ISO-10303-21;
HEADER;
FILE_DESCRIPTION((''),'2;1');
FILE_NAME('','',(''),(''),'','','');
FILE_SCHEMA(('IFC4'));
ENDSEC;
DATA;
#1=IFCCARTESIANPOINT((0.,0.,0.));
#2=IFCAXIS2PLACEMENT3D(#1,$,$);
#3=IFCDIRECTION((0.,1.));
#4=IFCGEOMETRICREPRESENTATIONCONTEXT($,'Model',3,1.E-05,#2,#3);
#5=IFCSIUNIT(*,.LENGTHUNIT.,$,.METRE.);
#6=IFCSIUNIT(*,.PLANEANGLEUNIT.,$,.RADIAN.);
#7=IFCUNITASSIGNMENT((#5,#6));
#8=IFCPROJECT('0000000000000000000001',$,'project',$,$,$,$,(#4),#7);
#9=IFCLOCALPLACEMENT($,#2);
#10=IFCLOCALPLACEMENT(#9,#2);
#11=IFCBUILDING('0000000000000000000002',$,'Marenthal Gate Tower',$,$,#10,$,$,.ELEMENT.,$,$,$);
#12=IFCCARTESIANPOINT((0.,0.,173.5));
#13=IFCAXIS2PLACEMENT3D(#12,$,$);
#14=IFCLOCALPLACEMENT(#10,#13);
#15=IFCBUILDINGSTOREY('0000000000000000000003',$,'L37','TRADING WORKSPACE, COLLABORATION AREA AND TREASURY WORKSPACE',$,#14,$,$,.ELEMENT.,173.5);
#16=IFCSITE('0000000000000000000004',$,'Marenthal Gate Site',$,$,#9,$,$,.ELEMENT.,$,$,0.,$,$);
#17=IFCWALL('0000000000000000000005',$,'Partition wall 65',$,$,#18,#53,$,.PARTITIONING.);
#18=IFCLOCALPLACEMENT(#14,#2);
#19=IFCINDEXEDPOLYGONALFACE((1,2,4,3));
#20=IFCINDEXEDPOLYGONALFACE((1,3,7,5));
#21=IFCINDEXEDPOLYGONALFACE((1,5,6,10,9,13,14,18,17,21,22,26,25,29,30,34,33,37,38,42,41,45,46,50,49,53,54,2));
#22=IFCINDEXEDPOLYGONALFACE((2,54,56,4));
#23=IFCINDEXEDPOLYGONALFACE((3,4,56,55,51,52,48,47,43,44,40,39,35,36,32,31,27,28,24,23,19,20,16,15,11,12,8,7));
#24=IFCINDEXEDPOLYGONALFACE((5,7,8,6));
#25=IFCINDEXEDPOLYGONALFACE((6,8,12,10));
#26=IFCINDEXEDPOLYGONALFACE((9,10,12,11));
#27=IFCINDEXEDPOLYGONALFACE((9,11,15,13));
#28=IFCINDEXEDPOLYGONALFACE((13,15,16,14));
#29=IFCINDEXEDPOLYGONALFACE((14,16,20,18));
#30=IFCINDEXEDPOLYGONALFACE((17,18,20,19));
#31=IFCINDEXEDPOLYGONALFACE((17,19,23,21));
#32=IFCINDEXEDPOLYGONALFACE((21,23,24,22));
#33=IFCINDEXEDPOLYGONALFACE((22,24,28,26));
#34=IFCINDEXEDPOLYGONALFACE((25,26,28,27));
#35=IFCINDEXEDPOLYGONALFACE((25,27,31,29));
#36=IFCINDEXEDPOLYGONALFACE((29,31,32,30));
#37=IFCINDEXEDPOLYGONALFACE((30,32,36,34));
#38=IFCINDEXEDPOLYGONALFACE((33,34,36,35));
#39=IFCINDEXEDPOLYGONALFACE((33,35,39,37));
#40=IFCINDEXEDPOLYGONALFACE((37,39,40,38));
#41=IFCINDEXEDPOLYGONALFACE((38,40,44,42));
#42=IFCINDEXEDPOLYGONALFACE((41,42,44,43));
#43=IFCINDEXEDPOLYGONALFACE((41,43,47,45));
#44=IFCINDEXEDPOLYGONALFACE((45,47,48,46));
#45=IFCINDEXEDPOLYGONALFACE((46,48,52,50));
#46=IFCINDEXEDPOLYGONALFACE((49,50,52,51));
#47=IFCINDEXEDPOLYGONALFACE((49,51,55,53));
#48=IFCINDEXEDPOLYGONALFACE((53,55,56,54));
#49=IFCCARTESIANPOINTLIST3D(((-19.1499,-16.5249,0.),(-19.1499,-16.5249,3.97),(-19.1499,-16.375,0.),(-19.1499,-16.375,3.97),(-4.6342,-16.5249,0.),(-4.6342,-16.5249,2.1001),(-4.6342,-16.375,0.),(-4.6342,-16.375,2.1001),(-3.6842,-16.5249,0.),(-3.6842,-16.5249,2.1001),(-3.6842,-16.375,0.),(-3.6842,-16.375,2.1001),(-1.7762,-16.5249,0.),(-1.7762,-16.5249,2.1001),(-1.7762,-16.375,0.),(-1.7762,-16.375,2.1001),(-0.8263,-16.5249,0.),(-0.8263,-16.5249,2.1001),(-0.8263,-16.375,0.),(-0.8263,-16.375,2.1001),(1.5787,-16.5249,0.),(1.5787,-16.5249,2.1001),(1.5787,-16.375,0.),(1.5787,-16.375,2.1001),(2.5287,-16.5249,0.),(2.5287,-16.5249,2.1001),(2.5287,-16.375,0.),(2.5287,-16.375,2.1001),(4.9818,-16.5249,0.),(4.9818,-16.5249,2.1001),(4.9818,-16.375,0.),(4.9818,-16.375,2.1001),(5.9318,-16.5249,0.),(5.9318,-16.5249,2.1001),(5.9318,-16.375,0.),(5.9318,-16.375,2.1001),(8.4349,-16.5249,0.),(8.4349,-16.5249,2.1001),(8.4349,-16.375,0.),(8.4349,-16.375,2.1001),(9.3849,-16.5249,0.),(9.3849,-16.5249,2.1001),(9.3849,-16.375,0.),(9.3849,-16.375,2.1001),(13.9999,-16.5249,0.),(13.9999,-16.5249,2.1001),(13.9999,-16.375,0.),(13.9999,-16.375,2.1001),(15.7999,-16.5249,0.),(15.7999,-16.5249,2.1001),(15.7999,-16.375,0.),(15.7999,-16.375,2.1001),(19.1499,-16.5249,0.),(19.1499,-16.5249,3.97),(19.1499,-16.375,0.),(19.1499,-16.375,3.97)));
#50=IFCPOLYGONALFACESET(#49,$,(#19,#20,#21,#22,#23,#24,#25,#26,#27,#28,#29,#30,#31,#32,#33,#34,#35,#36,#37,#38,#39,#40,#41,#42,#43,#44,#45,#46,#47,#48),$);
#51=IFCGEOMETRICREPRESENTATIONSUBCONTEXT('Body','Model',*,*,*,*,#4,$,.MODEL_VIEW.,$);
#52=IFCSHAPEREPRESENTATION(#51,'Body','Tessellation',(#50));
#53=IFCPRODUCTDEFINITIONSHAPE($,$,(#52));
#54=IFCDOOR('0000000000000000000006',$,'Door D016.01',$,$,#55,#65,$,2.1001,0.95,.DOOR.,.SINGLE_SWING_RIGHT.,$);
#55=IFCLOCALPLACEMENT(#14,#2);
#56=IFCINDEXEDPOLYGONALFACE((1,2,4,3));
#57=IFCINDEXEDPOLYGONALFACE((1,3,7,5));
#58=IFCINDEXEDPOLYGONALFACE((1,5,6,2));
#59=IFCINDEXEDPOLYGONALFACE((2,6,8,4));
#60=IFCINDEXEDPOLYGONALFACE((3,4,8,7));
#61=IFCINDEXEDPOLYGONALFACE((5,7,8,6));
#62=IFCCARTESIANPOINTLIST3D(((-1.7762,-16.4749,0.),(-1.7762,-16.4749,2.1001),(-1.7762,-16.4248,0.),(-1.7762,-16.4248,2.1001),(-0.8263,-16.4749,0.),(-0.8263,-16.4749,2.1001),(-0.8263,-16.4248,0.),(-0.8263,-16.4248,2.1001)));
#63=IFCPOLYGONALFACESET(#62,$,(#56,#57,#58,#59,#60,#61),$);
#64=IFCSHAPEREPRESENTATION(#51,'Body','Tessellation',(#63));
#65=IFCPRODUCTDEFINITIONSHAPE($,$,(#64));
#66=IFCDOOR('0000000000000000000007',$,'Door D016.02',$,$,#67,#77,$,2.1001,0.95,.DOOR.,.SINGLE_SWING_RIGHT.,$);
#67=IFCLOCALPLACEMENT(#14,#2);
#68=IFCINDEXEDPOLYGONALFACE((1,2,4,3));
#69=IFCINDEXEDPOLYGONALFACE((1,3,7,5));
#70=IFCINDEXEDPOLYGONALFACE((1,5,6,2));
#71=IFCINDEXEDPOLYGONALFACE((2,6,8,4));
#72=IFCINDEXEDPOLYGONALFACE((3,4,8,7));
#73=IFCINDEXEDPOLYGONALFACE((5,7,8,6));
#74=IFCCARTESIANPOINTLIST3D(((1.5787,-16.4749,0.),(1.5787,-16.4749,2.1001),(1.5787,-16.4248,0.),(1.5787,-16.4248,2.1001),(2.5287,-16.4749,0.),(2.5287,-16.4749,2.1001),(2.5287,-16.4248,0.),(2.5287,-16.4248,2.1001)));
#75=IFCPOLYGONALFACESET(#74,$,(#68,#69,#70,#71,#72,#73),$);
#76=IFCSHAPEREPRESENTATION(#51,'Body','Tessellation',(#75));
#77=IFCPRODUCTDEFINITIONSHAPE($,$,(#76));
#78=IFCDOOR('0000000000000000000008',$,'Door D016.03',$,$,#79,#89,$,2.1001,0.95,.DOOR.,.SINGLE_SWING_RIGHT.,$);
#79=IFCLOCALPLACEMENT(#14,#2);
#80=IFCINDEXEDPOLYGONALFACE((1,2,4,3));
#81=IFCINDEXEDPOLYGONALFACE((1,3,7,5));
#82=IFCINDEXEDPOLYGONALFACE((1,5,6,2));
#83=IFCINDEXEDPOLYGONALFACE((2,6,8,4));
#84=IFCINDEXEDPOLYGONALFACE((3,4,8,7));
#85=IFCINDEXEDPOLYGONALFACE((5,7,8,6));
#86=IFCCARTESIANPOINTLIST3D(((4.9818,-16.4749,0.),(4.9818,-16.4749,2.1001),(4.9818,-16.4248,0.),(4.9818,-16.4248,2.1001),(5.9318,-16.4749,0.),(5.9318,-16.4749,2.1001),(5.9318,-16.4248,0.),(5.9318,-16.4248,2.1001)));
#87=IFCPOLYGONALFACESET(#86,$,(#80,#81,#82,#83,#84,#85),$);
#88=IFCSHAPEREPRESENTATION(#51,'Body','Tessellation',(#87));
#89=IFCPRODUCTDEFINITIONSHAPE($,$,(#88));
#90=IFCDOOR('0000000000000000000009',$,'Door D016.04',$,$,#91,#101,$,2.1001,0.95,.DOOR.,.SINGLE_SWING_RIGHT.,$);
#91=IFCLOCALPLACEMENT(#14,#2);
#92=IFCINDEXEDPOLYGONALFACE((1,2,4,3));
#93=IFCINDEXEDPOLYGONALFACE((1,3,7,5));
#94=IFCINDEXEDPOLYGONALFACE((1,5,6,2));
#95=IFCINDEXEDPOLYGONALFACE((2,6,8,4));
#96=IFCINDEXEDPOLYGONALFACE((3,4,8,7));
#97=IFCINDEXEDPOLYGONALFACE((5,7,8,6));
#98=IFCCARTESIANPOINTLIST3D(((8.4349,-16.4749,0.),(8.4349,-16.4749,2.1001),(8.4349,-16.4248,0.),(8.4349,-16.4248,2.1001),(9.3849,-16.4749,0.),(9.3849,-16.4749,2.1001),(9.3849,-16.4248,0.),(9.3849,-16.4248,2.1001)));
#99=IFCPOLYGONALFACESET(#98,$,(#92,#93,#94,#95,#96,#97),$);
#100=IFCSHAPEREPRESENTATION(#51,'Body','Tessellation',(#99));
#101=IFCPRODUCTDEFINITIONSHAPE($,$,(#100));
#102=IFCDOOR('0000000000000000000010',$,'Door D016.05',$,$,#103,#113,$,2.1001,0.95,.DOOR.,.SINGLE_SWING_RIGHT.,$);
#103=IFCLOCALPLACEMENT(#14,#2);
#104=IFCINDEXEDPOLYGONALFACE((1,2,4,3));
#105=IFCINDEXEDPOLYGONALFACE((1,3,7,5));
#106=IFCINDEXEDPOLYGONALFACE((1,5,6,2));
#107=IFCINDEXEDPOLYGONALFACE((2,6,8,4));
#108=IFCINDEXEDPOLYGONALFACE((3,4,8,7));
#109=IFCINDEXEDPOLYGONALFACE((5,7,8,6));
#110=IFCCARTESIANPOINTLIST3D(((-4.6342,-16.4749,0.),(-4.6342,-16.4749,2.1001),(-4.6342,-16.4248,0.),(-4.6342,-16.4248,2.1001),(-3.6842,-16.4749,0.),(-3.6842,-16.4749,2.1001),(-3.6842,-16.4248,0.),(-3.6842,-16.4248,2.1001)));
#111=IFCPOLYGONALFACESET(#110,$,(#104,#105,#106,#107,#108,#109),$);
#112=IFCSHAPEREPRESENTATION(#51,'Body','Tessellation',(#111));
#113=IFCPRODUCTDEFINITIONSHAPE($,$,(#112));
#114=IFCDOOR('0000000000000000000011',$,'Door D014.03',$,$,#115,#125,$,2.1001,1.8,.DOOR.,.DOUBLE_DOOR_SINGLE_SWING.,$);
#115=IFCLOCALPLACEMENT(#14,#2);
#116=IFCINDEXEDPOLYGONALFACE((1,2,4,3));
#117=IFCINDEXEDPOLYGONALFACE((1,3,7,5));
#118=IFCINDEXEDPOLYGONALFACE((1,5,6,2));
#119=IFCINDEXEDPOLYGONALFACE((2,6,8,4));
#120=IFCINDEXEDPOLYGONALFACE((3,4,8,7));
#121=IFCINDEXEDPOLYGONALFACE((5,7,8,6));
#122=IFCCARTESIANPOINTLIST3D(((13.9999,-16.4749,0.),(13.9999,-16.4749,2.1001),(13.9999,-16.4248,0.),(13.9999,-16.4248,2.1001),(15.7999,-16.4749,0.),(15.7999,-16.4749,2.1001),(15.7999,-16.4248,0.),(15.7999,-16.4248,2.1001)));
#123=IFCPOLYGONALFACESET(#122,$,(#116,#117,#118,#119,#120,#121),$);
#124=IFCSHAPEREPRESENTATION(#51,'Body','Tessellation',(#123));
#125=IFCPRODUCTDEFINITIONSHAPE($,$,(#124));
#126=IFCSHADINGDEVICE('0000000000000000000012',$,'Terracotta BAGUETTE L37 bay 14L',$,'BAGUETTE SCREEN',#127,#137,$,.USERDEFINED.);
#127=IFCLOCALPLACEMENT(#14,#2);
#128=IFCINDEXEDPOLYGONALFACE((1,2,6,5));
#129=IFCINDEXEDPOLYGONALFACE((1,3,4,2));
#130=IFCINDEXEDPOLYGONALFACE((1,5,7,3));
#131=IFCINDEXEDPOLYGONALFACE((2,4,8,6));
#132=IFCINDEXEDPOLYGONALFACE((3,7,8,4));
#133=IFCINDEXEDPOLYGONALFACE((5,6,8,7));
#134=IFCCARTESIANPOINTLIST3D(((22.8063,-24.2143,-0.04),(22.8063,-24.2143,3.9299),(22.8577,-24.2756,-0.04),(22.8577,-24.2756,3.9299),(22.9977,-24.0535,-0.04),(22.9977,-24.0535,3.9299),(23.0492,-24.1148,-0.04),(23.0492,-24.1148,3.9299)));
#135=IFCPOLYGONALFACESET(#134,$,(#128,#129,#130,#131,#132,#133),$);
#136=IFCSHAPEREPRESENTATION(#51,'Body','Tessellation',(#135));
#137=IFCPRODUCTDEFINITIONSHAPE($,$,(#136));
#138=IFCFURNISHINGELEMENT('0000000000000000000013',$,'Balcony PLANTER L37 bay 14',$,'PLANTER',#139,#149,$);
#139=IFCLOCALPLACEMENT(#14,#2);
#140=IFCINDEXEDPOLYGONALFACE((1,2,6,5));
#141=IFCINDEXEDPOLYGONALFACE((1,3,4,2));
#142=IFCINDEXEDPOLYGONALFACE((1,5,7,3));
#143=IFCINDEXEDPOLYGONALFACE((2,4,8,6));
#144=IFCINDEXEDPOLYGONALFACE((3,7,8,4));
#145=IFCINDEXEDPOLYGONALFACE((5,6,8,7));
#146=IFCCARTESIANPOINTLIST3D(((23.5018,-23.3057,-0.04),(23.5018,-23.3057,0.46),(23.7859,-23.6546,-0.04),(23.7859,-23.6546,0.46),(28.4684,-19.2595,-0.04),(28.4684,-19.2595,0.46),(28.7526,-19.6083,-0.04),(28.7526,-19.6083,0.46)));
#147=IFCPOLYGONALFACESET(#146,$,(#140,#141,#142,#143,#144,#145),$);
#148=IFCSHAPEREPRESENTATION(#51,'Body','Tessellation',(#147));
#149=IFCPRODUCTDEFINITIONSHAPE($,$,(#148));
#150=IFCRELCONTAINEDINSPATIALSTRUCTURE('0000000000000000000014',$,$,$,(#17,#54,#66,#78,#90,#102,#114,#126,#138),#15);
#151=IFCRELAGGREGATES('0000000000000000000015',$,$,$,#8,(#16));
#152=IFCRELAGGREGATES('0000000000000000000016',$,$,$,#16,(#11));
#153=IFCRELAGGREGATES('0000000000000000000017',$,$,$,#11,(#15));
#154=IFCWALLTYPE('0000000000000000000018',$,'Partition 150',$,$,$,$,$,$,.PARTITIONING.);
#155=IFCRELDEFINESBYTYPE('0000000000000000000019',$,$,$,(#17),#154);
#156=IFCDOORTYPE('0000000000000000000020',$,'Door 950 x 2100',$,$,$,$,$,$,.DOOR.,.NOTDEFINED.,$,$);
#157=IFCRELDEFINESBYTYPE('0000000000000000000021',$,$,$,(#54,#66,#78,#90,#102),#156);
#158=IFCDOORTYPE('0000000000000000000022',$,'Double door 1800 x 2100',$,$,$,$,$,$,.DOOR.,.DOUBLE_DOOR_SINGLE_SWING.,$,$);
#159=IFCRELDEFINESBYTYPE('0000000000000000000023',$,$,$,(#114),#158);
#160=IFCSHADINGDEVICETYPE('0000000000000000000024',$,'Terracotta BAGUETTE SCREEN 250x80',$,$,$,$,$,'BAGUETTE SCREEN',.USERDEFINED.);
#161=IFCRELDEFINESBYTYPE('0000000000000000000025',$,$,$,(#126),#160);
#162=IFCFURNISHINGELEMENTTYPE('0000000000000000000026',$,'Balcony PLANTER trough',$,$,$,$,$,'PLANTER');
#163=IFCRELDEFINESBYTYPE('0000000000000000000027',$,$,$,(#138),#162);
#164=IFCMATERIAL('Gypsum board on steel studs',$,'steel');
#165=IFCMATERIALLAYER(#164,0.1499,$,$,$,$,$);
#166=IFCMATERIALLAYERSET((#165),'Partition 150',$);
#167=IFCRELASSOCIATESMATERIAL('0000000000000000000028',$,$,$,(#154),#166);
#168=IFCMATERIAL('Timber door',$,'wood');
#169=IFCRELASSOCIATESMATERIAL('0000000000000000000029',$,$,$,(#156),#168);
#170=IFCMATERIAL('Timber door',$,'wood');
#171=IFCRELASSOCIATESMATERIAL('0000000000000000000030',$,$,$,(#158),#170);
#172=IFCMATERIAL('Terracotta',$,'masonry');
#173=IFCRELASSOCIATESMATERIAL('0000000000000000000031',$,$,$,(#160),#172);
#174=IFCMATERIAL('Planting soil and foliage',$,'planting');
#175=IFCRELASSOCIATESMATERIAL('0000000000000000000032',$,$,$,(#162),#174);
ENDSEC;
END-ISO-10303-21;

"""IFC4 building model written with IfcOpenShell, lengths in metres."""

from ifc_helpers import new_model, si_unit, direction, frame, frame_2d, origin, origin_2d, place, context, subcontext, project, spatial, rectangle, extrude, material, layer, layer_set, material_profile, profile_set, type_object, element, fill, save


model = new_model("IFC4")

# Units and contexts
model_context = context("Model", 3, precision=1e-05, world=origin(), true_north=direction((0.0, 1.0)))
body_context = subcontext(model_context, "Body", "Model", "MODEL_VIEW")
ifc_project = project(units=[si_unit("LENGTHUNIT", "METRE"), si_unit("PLANEANGLEUNIT", "RADIAN")], contexts=[model_context])

# Site, building, storey
site_placement = place(None, origin())
site = spatial("IfcSite", under=ifc_project, at=site_placement, Name="Marenthal Gate Site", CompositionType="ELEMENT", RefElevation=0.0)
building_placement = place(site_placement, origin())
building = spatial("IfcBuilding", under=site, at=building_placement, Name="Marenthal Gate Tower", CompositionType="ELEMENT")
storey_placement = place(building_placement, frame((0.0, 0.0, 173.5)))
storey = spatial("IfcBuildingStorey", under=building, at=storey_placement, Name="L37", Description="TRADING WORKSPACE, COLLABORATION AREA AND TREASURY WORKSPACE", CompositionType="ELEMENT", Elevation=173.5)

# Wall, openings, doors
ifc_material_1 = material(Name="Gypsum board on steel studs", Category="steel")
ifc_layer_1 = layer(ifc_material_1, 0.1499)
ifc_layer_set_1 = layer_set([ifc_layer_1], Name="Partition 150")
wall_type_1 = type_object("IfcWallType", Name="Partition 150", PredefinedType="PARTITIONING", material=ifc_layer_set_1)
wall_1_placement = place(storey_placement, frame((19.1499, -16.45, 0.0), z_axis=(0.0, 0.0, 1.0), x_axis=(-1.0, 0.0, 0.0)))
wall_1 = element("IfcWall", 1, at=wall_1_placement, inside=storey, type_object=wall_type_1, Name="Partition wall 65", PredefinedType="PARTITIONING", context=body_context, shape_type="SweptSolid", body=[
    extrude(rectangle(XDim=38.2998, YDim=0.1499, at=frame_2d((19.1499, 0.0))), origin(), (0.0, 0.0, 1.0), 3.97),
])
opening_1_placement = place(wall_1_placement, frame((19.9761, 0.0, 0.0)))
opening_1 = element("IfcOpeningElement", 2, at=opening_1_placement, cuts=wall_1, PredefinedType="OPENING", context=body_context, shape_type="SweptSolid", body=[
    extrude(rectangle(XDim=0.95, YDim=2.1001, at=frame_2d((0.4751, 1.05))), frame((0.0, 0.085, 0.0), z_axis=(0.0, -1.0, 0.0), x_axis=(1.0, 0.0, 0.0)), (0.0, 0.0, 1.0), 0.1699),
])
opening_2_placement = place(wall_1_placement, frame((16.6211, 0.0, 0.0)))
opening_2 = element("IfcOpeningElement", 3, at=opening_2_placement, cuts=wall_1, PredefinedType="OPENING", context=body_context, shape_type="SweptSolid", body=[
    extrude(rectangle(XDim=0.95, YDim=2.1001, at=frame_2d((0.4751, 1.05))), frame((0.0, 0.085, 0.0), z_axis=(0.0, -1.0, 0.0), x_axis=(1.0, 0.0, 0.0)), (0.0, 0.0, 1.0), 0.1699),
])
opening_3_placement = place(wall_1_placement, frame((13.218, 0.0, 0.0)))
opening_3 = element("IfcOpeningElement", 4, at=opening_3_placement, cuts=wall_1, PredefinedType="OPENING", context=body_context, shape_type="SweptSolid", body=[
    extrude(rectangle(XDim=0.95, YDim=2.1001, at=frame_2d((0.4751, 1.05))), frame((0.0, 0.085, 0.0), z_axis=(0.0, -1.0, 0.0), x_axis=(1.0, 0.0, 0.0)), (0.0, 0.0, 1.0), 0.1699),
])
opening_4_placement = place(wall_1_placement, frame((9.7649, 0.0, 0.0)))
opening_4 = element("IfcOpeningElement", 5, at=opening_4_placement, cuts=wall_1, PredefinedType="OPENING", context=body_context, shape_type="SweptSolid", body=[
    extrude(rectangle(XDim=0.95, YDim=2.1001, at=frame_2d((0.4751, 1.05))), frame((0.0, 0.085, 0.0), z_axis=(0.0, -1.0, 0.0), x_axis=(1.0, 0.0, 0.0)), (0.0, 0.0, 1.0), 0.1699),
])
opening_5_placement = place(wall_1_placement, frame((22.834, 0.0, 0.0)))
opening_5 = element("IfcOpeningElement", 6, at=opening_5_placement, cuts=wall_1, PredefinedType="OPENING", context=body_context, shape_type="SweptSolid", body=[
    extrude(rectangle(XDim=0.95, YDim=2.1001, at=frame_2d((0.4751, 1.05))), frame((0.0, 0.085, 0.0), z_axis=(0.0, -1.0, 0.0), x_axis=(1.0, 0.0, 0.0)), (0.0, 0.0, 1.0), 0.1699),
])
opening_6_placement = place(wall_1_placement, frame((3.3501, 0.0, 0.0)))
opening_6 = element("IfcOpeningElement", 7, at=opening_6_placement, cuts=wall_1, PredefinedType="OPENING", context=body_context, shape_type="SweptSolid", body=[
    extrude(rectangle(XDim=1.8, YDim=2.1001, at=frame_2d((0.8999, 1.05))), frame((0.0, 0.085, 0.0), z_axis=(0.0, -1.0, 0.0), x_axis=(1.0, 0.0, 0.0)), (0.0, 0.0, 1.0), 0.1699),
])
ifc_material_2 = material(Name="Timber door", Category="wood")
door_type_1 = type_object("IfcDoorType", Name="Door 950 x 2100", OperationType="NOTDEFINED", PredefinedType="DOOR", material=ifc_material_2)
door_1_placement = place(opening_1_placement, origin())
door_1 = element("IfcDoor", 8, at=door_1_placement, inside=storey, type_object=door_type_1, Name="Door D016.01", OperationType="SINGLE_SWING_RIGHT", OverallHeight=2.1001, OverallWidth=0.95, PredefinedType="DOOR", context=body_context, shape_type="SweptSolid", body=[
    extrude(rectangle(XDim=0.95, YDim=2.1001, at=frame_2d((0.4751, 1.05))), frame((0.0, 0.0249, 0.0), z_axis=(0.0, -1.0, 0.0), x_axis=(1.0, 0.0, 0.0)), (0.0, 0.0, 1.0), 0.05),
])
fill(opening_1, door_1)
door_2_placement = place(opening_2_placement, origin())
door_2 = element("IfcDoor", 9, at=door_2_placement, inside=storey, type_object=door_type_1, Name="Door D016.02", OperationType="SINGLE_SWING_RIGHT", OverallHeight=2.1001, OverallWidth=0.95, PredefinedType="DOOR", context=body_context, shape_type="SweptSolid", body=[
    extrude(rectangle(XDim=0.95, YDim=2.1001, at=frame_2d((0.4751, 1.05))), frame((0.0, 0.0249, 0.0), z_axis=(0.0, -1.0, 0.0), x_axis=(1.0, 0.0, 0.0)), (0.0, 0.0, 1.0), 0.05),
])
fill(opening_2, door_2)
door_3_placement = place(opening_3_placement, origin())
door_3 = element("IfcDoor", 10, at=door_3_placement, inside=storey, type_object=door_type_1, Name="Door D016.03", OperationType="SINGLE_SWING_RIGHT", OverallHeight=2.1001, OverallWidth=0.95, PredefinedType="DOOR", context=body_context, shape_type="SweptSolid", body=[
    extrude(rectangle(XDim=0.95, YDim=2.1001, at=frame_2d((0.4751, 1.05))), frame((0.0, 0.0249, 0.0), z_axis=(0.0, -1.0, 0.0), x_axis=(1.0, 0.0, 0.0)), (0.0, 0.0, 1.0), 0.05),
])
fill(opening_3, door_3)
door_4_placement = place(opening_4_placement, origin())
door_4 = element("IfcDoor", 11, at=door_4_placement, inside=storey, type_object=door_type_1, Name="Door D016.04", OperationType="SINGLE_SWING_RIGHT", OverallHeight=2.1001, OverallWidth=0.95, PredefinedType="DOOR", context=body_context, shape_type="SweptSolid", body=[
    extrude(rectangle(XDim=0.95, YDim=2.1001, at=frame_2d((0.4751, 1.05))), frame((0.0, 0.0249, 0.0), z_axis=(0.0, -1.0, 0.0), x_axis=(1.0, 0.0, 0.0)), (0.0, 0.0, 1.0), 0.05),
])
fill(opening_4, door_4)
door_5_placement = place(opening_5_placement, origin())
door_5 = element("IfcDoor", 12, at=door_5_placement, inside=storey, type_object=door_type_1, Name="Door D016.05", OperationType="SINGLE_SWING_RIGHT", OverallHeight=2.1001, OverallWidth=0.95, PredefinedType="DOOR", context=body_context, shape_type="SweptSolid", body=[
    extrude(rectangle(XDim=0.95, YDim=2.1001, at=frame_2d((0.4751, 1.05))), frame((0.0, 0.0249, 0.0), z_axis=(0.0, -1.0, 0.0), x_axis=(1.0, 0.0, 0.0)), (0.0, 0.0, 1.0), 0.05),
])
fill(opening_5, door_5)
ifc_material_3 = material(Name="Timber door", Category="wood")
door_type_2 = type_object("IfcDoorType", Name="Double door 1800 x 2100", OperationType="DOUBLE_DOOR_SINGLE_SWING", PredefinedType="DOOR", material=ifc_material_3)
door_6_placement = place(opening_6_placement, origin())
door_6 = element("IfcDoor", 13, at=door_6_placement, inside=storey, type_object=door_type_2, Name="Door D014.03", OperationType="DOUBLE_DOOR_SINGLE_SWING", OverallHeight=2.1001, OverallWidth=1.8, PredefinedType="DOOR", context=body_context, shape_type="SweptSolid", body=[
    extrude(rectangle(XDim=1.8, YDim=2.1001, at=frame_2d((0.8999, 1.05))), frame((0.0, 0.0249, 0.0), z_axis=(0.0, -1.0, 0.0), x_axis=(1.0, 0.0, 0.0)), (0.0, 0.0, 1.0), 0.05),
])
fill(opening_6, door_6)

# Shading device
ifc_material_4 = material(Name="Terracotta", Category="masonry")
ifc_material_profile_1 = material_profile(ifc_material_4, rectangle(XDim=0.25, YDim=0.0801, at=origin_2d()), Name="Terracotta baguette 250x80")
ifc_profile_set_1 = profile_set([ifc_material_profile_1], Name="Terracotta")
shading_device_type = type_object("IfcShadingDeviceType", Name="Terracotta BAGUETTE SCREEN 250x80", ElementType="BAGUETTE SCREEN", PredefinedType="USERDEFINED", material=ifc_profile_set_1)
shading_device_placement = place(storey_placement, frame((22.9277, -24.1646, -0.04), z_axis=(0.0, 0.0, 1.0), x_axis=(0.76585, 0.643019, 0.0)))
element("IfcShadingDevice", 14, at=shading_device_placement, inside=storey, type_object=shading_device_type, Name="Terracotta BAGUETTE L37 bay 14L", ObjectType="BAGUETTE SCREEN", PredefinedType="USERDEFINED", context=body_context, shape_type="SweptSolid", body=[
    extrude(rectangle(XDim=0.25, YDim=0.0801, at=origin_2d()), origin(), (0.0, 0.0, 1.0), 3.97),
])

# Furnishing element
ifc_material_5 = material(Name="Planting soil and foliage", Category="planting")
furnishing_element_type = type_object("IfcFurnishingElementType", Name="Balcony PLANTER trough", ElementType="PLANTER", material=ifc_material_5)
furnishing_placement = place(storey_placement, frame((26.1272, -21.457, -0.04), z_axis=(0.0, 0.0, 1.0), x_axis=(0.775288, 0.631608, 0.0)))
element("IfcFurnishingElement", 15, at=furnishing_placement, inside=storey, type_object=furnishing_element_type, Name="Balcony PLANTER L37 bay 14", ObjectType="PLANTER", context=body_context, shape_type="SweptSolid", body=[
    extrude(rectangle(XDim=6.4062, YDim=0.45, at=origin_2d()), origin(), (0.0, 0.0, 1.0), 0.5),
])

save(model, "model.ifc")
